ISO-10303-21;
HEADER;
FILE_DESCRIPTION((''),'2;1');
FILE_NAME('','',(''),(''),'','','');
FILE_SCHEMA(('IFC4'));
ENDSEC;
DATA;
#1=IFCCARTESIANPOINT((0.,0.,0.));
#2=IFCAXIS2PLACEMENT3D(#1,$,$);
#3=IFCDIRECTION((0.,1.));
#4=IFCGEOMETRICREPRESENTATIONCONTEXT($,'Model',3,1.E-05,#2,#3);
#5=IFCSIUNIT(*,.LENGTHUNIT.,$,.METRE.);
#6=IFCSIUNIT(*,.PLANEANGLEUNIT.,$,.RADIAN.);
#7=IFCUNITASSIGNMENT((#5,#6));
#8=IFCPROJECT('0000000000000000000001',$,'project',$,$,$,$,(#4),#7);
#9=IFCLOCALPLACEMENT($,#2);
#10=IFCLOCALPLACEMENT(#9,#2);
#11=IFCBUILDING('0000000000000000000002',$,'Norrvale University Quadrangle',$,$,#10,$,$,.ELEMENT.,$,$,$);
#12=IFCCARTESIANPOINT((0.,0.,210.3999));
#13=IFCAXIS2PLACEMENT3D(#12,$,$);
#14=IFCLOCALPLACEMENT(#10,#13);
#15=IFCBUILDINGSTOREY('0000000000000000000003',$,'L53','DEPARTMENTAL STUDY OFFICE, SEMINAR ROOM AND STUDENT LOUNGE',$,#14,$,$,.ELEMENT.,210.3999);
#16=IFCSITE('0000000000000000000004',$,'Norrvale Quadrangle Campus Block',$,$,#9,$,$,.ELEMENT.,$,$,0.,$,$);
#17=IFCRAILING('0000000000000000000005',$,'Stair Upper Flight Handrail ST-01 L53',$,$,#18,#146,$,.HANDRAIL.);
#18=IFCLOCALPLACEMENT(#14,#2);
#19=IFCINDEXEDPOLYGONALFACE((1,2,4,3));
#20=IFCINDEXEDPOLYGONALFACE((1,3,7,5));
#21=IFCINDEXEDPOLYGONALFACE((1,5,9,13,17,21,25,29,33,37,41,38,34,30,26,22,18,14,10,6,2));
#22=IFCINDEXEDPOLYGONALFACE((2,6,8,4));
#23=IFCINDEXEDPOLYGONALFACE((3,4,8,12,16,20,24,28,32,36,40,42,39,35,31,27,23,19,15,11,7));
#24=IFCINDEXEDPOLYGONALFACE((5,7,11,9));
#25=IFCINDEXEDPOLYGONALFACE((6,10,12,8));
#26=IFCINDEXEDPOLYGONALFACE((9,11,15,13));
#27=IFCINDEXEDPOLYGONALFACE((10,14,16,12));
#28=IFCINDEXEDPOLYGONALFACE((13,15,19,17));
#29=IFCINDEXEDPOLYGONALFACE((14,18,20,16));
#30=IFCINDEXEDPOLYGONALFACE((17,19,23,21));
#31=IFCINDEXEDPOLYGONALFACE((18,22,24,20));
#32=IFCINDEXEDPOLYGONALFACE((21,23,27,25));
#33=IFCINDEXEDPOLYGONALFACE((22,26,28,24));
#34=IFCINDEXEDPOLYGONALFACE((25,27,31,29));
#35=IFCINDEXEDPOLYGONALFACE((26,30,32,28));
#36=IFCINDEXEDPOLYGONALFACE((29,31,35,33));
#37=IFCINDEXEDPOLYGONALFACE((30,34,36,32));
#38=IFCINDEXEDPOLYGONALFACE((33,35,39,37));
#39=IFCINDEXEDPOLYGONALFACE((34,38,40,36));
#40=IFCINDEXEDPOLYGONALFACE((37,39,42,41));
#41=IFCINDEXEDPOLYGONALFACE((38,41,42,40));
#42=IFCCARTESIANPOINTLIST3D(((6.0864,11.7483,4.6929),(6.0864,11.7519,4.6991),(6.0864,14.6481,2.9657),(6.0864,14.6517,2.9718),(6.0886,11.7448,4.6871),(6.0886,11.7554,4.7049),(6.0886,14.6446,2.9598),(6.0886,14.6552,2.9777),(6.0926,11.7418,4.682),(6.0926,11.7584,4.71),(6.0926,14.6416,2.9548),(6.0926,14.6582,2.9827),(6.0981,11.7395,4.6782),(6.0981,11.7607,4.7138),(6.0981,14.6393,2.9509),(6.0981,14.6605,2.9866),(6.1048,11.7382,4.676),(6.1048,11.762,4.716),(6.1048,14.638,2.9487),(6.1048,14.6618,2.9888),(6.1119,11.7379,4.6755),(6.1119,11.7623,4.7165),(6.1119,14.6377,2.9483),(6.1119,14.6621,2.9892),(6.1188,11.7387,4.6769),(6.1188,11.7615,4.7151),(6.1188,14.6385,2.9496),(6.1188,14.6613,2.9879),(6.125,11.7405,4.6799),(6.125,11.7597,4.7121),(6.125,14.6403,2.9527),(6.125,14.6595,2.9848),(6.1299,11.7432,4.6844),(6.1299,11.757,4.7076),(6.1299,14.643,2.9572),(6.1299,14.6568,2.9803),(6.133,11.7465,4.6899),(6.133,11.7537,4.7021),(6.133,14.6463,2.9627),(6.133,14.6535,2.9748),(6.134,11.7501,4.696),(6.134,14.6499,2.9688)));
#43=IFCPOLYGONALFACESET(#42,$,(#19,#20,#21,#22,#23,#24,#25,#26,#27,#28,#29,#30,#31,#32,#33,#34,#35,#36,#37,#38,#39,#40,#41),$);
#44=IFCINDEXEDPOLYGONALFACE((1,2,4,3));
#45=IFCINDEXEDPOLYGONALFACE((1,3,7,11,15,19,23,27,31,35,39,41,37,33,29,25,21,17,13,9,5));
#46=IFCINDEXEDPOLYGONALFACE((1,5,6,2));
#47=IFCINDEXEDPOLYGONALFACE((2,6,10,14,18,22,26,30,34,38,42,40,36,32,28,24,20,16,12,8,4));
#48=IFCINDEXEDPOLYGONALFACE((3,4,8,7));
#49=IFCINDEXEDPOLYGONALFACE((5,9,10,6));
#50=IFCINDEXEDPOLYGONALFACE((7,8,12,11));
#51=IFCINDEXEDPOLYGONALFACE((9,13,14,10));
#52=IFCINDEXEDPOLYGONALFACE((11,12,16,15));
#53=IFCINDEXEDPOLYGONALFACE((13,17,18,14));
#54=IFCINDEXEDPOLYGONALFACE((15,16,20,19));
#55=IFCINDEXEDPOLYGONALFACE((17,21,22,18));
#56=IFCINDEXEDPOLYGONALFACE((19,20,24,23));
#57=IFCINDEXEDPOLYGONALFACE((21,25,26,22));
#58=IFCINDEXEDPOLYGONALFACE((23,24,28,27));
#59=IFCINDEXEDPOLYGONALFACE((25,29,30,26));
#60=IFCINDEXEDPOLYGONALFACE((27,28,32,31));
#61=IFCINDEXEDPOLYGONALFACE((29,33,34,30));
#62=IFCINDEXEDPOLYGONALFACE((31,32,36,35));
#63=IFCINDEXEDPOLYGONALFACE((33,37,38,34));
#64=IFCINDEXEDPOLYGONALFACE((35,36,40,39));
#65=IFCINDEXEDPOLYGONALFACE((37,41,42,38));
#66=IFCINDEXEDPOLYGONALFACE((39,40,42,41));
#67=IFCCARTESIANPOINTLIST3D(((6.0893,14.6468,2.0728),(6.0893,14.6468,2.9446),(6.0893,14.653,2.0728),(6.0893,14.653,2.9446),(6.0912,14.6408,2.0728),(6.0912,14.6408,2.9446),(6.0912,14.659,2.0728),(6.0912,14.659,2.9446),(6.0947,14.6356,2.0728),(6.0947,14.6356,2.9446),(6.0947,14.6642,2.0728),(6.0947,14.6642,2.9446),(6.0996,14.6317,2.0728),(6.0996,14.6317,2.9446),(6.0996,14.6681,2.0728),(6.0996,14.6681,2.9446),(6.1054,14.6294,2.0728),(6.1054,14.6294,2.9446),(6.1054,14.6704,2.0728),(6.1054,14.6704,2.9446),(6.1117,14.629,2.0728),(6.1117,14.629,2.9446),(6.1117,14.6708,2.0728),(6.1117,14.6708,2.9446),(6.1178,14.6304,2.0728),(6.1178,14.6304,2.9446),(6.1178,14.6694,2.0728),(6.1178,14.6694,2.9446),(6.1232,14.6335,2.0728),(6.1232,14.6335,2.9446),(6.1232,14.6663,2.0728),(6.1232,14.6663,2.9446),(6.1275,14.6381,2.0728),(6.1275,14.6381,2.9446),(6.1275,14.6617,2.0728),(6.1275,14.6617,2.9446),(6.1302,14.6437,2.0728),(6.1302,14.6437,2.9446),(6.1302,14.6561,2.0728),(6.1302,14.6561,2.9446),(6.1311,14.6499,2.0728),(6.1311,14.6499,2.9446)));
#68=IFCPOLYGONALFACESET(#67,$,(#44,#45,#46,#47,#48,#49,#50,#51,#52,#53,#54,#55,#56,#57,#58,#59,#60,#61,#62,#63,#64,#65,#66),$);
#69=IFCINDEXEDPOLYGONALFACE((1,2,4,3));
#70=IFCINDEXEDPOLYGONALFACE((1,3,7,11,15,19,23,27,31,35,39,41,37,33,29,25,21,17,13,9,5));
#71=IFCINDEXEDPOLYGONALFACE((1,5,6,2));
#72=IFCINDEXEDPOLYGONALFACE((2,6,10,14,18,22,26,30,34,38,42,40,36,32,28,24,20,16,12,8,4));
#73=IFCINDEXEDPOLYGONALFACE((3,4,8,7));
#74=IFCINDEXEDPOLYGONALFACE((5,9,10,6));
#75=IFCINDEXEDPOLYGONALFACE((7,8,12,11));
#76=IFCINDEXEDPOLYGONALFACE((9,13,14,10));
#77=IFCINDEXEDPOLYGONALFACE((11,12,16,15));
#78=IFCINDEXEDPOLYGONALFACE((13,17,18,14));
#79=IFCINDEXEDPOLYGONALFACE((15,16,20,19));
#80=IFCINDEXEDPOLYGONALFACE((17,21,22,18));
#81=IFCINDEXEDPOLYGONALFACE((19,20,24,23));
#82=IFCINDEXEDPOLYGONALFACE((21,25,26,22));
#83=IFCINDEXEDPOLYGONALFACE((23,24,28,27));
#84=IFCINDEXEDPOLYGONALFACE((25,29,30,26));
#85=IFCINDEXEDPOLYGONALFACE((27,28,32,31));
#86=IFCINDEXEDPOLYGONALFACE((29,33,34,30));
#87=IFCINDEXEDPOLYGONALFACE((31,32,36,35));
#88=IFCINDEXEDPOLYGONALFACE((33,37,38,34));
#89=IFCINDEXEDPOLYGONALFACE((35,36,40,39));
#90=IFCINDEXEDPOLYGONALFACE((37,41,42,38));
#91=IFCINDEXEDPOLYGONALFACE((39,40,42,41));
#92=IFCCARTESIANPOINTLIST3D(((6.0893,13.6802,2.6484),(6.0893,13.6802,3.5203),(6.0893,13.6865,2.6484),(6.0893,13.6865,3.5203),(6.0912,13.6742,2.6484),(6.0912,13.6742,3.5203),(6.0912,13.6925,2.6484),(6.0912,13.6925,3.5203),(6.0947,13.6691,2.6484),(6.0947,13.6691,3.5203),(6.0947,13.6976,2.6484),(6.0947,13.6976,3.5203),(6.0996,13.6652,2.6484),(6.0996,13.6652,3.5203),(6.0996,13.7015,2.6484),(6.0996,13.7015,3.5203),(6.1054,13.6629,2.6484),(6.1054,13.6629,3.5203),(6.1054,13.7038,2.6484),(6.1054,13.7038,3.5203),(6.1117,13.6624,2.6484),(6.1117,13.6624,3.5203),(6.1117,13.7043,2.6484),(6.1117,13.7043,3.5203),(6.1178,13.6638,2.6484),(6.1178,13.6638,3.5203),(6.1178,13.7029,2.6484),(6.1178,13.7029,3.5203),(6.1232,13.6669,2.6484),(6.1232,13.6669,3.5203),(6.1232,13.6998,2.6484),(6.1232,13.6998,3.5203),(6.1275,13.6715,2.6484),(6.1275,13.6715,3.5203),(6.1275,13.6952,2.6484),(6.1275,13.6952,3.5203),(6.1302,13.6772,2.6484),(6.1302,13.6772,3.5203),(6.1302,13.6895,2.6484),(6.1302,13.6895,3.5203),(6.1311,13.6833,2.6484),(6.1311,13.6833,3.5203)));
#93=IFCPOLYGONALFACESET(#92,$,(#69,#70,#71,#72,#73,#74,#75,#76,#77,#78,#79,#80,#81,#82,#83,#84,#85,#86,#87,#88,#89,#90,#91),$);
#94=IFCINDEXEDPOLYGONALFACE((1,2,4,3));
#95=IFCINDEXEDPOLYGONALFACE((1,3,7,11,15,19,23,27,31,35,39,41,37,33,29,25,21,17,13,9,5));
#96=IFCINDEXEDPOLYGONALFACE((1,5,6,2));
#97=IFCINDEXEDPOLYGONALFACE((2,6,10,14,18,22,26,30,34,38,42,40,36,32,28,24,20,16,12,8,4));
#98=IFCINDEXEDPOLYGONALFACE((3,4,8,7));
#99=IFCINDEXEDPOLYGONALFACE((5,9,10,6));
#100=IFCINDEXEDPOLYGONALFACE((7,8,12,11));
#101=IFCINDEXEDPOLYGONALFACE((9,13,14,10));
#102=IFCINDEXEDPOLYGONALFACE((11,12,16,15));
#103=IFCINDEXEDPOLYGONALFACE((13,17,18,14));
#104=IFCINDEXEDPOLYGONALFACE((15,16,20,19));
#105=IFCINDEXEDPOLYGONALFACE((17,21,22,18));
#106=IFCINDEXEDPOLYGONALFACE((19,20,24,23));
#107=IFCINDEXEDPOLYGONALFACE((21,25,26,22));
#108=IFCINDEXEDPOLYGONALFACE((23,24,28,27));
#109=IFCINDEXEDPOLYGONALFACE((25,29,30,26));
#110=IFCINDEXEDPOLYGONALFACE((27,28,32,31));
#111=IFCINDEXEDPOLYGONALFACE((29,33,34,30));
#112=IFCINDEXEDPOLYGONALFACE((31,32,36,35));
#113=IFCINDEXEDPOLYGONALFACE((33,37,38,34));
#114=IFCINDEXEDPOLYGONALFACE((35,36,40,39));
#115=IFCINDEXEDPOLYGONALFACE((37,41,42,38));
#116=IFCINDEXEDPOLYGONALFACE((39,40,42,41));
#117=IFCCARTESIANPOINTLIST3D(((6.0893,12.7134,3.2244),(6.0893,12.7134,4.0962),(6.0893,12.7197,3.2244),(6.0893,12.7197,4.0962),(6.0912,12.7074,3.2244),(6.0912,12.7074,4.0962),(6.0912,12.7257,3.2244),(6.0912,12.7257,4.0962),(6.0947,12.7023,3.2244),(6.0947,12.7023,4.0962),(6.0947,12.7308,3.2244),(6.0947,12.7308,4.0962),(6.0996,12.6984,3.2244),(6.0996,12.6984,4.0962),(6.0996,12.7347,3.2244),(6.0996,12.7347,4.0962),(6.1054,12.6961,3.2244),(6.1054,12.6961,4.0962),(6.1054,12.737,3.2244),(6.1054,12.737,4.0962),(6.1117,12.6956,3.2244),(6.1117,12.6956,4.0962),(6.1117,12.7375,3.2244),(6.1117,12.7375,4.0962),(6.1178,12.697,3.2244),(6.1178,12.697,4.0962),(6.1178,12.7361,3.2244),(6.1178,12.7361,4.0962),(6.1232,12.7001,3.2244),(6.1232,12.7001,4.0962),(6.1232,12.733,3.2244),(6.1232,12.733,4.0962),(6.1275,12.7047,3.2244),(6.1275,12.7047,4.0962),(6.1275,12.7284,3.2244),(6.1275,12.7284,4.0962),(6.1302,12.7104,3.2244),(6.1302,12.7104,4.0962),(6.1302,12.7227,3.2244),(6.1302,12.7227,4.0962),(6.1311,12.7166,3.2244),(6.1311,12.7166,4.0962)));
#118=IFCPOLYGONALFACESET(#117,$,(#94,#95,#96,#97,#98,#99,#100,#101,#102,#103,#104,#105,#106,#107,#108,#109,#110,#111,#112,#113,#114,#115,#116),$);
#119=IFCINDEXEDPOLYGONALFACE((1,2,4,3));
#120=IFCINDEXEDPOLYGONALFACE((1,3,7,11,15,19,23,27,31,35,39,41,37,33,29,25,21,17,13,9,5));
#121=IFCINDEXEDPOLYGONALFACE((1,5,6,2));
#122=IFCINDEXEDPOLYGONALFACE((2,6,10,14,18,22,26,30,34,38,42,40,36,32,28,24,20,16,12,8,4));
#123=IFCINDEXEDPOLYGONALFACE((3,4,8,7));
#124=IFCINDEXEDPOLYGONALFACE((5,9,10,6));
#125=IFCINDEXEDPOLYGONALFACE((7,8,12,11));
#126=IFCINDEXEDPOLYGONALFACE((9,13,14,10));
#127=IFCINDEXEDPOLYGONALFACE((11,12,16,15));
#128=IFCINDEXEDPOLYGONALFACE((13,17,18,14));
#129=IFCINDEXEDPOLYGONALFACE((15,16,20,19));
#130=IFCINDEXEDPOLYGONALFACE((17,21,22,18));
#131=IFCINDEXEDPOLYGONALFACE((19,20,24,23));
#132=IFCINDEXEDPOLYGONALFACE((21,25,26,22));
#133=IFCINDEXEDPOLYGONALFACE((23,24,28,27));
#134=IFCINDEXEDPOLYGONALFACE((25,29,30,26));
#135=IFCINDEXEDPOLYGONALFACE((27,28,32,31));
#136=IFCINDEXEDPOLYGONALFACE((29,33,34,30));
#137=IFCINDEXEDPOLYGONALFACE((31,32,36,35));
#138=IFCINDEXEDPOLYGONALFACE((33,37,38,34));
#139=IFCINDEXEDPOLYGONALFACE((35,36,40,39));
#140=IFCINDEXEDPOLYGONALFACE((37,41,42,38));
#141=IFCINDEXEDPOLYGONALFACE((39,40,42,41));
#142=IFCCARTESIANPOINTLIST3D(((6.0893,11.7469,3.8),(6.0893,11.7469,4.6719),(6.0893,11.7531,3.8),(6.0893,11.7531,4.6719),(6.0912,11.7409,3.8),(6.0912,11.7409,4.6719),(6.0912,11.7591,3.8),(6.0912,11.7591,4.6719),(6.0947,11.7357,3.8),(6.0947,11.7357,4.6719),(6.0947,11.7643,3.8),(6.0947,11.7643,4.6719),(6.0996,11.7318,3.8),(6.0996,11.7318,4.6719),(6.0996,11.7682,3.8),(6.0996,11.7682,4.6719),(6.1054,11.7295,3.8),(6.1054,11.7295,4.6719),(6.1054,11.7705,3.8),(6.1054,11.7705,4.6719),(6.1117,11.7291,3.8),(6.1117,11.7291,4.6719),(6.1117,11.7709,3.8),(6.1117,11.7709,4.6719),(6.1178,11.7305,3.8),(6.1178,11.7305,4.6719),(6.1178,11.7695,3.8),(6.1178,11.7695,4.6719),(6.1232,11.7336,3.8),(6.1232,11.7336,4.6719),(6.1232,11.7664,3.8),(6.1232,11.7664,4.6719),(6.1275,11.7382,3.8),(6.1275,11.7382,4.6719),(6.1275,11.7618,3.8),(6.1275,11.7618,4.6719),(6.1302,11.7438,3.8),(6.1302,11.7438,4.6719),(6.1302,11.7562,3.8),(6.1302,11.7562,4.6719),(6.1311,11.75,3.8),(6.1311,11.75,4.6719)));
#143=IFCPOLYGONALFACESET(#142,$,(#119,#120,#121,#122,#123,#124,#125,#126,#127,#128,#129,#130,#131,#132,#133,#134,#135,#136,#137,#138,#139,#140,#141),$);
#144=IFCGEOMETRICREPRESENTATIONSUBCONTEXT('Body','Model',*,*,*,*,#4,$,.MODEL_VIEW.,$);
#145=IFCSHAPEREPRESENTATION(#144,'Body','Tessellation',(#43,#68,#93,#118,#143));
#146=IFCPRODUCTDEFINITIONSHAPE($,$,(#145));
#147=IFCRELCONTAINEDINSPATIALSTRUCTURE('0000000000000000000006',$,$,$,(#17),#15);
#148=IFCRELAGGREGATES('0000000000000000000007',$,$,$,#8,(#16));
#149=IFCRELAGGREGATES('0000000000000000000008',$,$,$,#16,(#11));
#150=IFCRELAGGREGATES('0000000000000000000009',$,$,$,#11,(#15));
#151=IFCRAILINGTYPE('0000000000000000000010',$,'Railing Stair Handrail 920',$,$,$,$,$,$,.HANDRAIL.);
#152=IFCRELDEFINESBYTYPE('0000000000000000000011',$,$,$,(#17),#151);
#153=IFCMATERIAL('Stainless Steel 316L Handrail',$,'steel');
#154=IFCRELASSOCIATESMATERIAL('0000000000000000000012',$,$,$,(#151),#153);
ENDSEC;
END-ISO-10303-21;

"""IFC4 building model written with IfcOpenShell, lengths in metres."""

from ifc_helpers import new_model, si_unit, direction, frame, origin, origin_2d, place, context, subcontext, project, spatial, circle, extrude, material, type_object, element, save


model = new_model("IFC4")

# Units and contexts
model_context = context("Model", 3, precision=1e-05, world=origin(), true_north=direction((0.0, 1.0)))
body_context = subcontext(model_context, "Body", "Model", "MODEL_VIEW")
ifc_project = project(units=[si_unit("LENGTHUNIT", "METRE"), si_unit("PLANEANGLEUNIT", "RADIAN")], contexts=[model_context])

# Site, building, storey
site_placement = place(None, origin())
site = spatial("IfcSite", under=ifc_project, at=site_placement, Name="Norrvale Quadrangle Campus Block", CompositionType="ELEMENT", RefElevation=0.0)
building_placement = place(site_placement, origin())
building = spatial("IfcBuilding", under=site, at=building_placement, Name="Norrvale University Quadrangle", CompositionType="ELEMENT")
storey_placement = place(building_placement, frame((0.0, 0.0, 210.3999)))
storey = spatial("IfcBuildingStorey", under=building, at=storey_placement, Name="L53", Description="DEPARTMENTAL STUDY OFFICE, SEMINAR ROOM AND STUDENT LOUNGE", CompositionType="ELEMENT", Elevation=210.3999)

# Railing
ifc_material_1 = material(Name="Stainless Steel 316L Handrail", Category="steel")
railing_type_1 = type_object("IfcRailingType", Name="Railing Stair Handrail 920", PredefinedType="HANDRAIL", material=ifc_material_1)
railing_1_placement = place(storey_placement, frame((6.1101, 14.6499, 2.0728)))
element("IfcRailing", 1, at=railing_1_placement, inside=storey, type_object=railing_type_1, Name="Stair Upper Flight Handrail ST-01 L53", PredefinedType="HANDRAIL", context=body_context, shape_type="SweptSolid", body=[
    extrude(circle(Radius=0.0239, at=origin_2d()), frame((0.0, 0.0, 0.896), z_axis=(0.0, -0.859141, 0.511738), x_axis=(1.0, 0.0, 0.0)), (0.0, 0.0, 1.0), 3.3752),
    extrude(circle(Radius=0.021, at=origin_2d()), origin(), (0.0, 0.0, 1.0), 0.8718),
    extrude(circle(Radius=0.021, at=origin_2d()), frame((0.0, -0.9666, 0.5757)), (0.0, 0.0, 1.0), 0.8718),
    extrude(circle(Radius=0.021, at=origin_2d()), frame((0.0, -1.9333, 1.1516)), (0.0, 0.0, 1.0), 0.8718),
    extrude(circle(Radius=0.021, at=origin_2d()), frame((0.0, -2.8999, 1.7273)), (0.0, 0.0, 1.0), 0.8718),
])

save(model, "model.ifc")
